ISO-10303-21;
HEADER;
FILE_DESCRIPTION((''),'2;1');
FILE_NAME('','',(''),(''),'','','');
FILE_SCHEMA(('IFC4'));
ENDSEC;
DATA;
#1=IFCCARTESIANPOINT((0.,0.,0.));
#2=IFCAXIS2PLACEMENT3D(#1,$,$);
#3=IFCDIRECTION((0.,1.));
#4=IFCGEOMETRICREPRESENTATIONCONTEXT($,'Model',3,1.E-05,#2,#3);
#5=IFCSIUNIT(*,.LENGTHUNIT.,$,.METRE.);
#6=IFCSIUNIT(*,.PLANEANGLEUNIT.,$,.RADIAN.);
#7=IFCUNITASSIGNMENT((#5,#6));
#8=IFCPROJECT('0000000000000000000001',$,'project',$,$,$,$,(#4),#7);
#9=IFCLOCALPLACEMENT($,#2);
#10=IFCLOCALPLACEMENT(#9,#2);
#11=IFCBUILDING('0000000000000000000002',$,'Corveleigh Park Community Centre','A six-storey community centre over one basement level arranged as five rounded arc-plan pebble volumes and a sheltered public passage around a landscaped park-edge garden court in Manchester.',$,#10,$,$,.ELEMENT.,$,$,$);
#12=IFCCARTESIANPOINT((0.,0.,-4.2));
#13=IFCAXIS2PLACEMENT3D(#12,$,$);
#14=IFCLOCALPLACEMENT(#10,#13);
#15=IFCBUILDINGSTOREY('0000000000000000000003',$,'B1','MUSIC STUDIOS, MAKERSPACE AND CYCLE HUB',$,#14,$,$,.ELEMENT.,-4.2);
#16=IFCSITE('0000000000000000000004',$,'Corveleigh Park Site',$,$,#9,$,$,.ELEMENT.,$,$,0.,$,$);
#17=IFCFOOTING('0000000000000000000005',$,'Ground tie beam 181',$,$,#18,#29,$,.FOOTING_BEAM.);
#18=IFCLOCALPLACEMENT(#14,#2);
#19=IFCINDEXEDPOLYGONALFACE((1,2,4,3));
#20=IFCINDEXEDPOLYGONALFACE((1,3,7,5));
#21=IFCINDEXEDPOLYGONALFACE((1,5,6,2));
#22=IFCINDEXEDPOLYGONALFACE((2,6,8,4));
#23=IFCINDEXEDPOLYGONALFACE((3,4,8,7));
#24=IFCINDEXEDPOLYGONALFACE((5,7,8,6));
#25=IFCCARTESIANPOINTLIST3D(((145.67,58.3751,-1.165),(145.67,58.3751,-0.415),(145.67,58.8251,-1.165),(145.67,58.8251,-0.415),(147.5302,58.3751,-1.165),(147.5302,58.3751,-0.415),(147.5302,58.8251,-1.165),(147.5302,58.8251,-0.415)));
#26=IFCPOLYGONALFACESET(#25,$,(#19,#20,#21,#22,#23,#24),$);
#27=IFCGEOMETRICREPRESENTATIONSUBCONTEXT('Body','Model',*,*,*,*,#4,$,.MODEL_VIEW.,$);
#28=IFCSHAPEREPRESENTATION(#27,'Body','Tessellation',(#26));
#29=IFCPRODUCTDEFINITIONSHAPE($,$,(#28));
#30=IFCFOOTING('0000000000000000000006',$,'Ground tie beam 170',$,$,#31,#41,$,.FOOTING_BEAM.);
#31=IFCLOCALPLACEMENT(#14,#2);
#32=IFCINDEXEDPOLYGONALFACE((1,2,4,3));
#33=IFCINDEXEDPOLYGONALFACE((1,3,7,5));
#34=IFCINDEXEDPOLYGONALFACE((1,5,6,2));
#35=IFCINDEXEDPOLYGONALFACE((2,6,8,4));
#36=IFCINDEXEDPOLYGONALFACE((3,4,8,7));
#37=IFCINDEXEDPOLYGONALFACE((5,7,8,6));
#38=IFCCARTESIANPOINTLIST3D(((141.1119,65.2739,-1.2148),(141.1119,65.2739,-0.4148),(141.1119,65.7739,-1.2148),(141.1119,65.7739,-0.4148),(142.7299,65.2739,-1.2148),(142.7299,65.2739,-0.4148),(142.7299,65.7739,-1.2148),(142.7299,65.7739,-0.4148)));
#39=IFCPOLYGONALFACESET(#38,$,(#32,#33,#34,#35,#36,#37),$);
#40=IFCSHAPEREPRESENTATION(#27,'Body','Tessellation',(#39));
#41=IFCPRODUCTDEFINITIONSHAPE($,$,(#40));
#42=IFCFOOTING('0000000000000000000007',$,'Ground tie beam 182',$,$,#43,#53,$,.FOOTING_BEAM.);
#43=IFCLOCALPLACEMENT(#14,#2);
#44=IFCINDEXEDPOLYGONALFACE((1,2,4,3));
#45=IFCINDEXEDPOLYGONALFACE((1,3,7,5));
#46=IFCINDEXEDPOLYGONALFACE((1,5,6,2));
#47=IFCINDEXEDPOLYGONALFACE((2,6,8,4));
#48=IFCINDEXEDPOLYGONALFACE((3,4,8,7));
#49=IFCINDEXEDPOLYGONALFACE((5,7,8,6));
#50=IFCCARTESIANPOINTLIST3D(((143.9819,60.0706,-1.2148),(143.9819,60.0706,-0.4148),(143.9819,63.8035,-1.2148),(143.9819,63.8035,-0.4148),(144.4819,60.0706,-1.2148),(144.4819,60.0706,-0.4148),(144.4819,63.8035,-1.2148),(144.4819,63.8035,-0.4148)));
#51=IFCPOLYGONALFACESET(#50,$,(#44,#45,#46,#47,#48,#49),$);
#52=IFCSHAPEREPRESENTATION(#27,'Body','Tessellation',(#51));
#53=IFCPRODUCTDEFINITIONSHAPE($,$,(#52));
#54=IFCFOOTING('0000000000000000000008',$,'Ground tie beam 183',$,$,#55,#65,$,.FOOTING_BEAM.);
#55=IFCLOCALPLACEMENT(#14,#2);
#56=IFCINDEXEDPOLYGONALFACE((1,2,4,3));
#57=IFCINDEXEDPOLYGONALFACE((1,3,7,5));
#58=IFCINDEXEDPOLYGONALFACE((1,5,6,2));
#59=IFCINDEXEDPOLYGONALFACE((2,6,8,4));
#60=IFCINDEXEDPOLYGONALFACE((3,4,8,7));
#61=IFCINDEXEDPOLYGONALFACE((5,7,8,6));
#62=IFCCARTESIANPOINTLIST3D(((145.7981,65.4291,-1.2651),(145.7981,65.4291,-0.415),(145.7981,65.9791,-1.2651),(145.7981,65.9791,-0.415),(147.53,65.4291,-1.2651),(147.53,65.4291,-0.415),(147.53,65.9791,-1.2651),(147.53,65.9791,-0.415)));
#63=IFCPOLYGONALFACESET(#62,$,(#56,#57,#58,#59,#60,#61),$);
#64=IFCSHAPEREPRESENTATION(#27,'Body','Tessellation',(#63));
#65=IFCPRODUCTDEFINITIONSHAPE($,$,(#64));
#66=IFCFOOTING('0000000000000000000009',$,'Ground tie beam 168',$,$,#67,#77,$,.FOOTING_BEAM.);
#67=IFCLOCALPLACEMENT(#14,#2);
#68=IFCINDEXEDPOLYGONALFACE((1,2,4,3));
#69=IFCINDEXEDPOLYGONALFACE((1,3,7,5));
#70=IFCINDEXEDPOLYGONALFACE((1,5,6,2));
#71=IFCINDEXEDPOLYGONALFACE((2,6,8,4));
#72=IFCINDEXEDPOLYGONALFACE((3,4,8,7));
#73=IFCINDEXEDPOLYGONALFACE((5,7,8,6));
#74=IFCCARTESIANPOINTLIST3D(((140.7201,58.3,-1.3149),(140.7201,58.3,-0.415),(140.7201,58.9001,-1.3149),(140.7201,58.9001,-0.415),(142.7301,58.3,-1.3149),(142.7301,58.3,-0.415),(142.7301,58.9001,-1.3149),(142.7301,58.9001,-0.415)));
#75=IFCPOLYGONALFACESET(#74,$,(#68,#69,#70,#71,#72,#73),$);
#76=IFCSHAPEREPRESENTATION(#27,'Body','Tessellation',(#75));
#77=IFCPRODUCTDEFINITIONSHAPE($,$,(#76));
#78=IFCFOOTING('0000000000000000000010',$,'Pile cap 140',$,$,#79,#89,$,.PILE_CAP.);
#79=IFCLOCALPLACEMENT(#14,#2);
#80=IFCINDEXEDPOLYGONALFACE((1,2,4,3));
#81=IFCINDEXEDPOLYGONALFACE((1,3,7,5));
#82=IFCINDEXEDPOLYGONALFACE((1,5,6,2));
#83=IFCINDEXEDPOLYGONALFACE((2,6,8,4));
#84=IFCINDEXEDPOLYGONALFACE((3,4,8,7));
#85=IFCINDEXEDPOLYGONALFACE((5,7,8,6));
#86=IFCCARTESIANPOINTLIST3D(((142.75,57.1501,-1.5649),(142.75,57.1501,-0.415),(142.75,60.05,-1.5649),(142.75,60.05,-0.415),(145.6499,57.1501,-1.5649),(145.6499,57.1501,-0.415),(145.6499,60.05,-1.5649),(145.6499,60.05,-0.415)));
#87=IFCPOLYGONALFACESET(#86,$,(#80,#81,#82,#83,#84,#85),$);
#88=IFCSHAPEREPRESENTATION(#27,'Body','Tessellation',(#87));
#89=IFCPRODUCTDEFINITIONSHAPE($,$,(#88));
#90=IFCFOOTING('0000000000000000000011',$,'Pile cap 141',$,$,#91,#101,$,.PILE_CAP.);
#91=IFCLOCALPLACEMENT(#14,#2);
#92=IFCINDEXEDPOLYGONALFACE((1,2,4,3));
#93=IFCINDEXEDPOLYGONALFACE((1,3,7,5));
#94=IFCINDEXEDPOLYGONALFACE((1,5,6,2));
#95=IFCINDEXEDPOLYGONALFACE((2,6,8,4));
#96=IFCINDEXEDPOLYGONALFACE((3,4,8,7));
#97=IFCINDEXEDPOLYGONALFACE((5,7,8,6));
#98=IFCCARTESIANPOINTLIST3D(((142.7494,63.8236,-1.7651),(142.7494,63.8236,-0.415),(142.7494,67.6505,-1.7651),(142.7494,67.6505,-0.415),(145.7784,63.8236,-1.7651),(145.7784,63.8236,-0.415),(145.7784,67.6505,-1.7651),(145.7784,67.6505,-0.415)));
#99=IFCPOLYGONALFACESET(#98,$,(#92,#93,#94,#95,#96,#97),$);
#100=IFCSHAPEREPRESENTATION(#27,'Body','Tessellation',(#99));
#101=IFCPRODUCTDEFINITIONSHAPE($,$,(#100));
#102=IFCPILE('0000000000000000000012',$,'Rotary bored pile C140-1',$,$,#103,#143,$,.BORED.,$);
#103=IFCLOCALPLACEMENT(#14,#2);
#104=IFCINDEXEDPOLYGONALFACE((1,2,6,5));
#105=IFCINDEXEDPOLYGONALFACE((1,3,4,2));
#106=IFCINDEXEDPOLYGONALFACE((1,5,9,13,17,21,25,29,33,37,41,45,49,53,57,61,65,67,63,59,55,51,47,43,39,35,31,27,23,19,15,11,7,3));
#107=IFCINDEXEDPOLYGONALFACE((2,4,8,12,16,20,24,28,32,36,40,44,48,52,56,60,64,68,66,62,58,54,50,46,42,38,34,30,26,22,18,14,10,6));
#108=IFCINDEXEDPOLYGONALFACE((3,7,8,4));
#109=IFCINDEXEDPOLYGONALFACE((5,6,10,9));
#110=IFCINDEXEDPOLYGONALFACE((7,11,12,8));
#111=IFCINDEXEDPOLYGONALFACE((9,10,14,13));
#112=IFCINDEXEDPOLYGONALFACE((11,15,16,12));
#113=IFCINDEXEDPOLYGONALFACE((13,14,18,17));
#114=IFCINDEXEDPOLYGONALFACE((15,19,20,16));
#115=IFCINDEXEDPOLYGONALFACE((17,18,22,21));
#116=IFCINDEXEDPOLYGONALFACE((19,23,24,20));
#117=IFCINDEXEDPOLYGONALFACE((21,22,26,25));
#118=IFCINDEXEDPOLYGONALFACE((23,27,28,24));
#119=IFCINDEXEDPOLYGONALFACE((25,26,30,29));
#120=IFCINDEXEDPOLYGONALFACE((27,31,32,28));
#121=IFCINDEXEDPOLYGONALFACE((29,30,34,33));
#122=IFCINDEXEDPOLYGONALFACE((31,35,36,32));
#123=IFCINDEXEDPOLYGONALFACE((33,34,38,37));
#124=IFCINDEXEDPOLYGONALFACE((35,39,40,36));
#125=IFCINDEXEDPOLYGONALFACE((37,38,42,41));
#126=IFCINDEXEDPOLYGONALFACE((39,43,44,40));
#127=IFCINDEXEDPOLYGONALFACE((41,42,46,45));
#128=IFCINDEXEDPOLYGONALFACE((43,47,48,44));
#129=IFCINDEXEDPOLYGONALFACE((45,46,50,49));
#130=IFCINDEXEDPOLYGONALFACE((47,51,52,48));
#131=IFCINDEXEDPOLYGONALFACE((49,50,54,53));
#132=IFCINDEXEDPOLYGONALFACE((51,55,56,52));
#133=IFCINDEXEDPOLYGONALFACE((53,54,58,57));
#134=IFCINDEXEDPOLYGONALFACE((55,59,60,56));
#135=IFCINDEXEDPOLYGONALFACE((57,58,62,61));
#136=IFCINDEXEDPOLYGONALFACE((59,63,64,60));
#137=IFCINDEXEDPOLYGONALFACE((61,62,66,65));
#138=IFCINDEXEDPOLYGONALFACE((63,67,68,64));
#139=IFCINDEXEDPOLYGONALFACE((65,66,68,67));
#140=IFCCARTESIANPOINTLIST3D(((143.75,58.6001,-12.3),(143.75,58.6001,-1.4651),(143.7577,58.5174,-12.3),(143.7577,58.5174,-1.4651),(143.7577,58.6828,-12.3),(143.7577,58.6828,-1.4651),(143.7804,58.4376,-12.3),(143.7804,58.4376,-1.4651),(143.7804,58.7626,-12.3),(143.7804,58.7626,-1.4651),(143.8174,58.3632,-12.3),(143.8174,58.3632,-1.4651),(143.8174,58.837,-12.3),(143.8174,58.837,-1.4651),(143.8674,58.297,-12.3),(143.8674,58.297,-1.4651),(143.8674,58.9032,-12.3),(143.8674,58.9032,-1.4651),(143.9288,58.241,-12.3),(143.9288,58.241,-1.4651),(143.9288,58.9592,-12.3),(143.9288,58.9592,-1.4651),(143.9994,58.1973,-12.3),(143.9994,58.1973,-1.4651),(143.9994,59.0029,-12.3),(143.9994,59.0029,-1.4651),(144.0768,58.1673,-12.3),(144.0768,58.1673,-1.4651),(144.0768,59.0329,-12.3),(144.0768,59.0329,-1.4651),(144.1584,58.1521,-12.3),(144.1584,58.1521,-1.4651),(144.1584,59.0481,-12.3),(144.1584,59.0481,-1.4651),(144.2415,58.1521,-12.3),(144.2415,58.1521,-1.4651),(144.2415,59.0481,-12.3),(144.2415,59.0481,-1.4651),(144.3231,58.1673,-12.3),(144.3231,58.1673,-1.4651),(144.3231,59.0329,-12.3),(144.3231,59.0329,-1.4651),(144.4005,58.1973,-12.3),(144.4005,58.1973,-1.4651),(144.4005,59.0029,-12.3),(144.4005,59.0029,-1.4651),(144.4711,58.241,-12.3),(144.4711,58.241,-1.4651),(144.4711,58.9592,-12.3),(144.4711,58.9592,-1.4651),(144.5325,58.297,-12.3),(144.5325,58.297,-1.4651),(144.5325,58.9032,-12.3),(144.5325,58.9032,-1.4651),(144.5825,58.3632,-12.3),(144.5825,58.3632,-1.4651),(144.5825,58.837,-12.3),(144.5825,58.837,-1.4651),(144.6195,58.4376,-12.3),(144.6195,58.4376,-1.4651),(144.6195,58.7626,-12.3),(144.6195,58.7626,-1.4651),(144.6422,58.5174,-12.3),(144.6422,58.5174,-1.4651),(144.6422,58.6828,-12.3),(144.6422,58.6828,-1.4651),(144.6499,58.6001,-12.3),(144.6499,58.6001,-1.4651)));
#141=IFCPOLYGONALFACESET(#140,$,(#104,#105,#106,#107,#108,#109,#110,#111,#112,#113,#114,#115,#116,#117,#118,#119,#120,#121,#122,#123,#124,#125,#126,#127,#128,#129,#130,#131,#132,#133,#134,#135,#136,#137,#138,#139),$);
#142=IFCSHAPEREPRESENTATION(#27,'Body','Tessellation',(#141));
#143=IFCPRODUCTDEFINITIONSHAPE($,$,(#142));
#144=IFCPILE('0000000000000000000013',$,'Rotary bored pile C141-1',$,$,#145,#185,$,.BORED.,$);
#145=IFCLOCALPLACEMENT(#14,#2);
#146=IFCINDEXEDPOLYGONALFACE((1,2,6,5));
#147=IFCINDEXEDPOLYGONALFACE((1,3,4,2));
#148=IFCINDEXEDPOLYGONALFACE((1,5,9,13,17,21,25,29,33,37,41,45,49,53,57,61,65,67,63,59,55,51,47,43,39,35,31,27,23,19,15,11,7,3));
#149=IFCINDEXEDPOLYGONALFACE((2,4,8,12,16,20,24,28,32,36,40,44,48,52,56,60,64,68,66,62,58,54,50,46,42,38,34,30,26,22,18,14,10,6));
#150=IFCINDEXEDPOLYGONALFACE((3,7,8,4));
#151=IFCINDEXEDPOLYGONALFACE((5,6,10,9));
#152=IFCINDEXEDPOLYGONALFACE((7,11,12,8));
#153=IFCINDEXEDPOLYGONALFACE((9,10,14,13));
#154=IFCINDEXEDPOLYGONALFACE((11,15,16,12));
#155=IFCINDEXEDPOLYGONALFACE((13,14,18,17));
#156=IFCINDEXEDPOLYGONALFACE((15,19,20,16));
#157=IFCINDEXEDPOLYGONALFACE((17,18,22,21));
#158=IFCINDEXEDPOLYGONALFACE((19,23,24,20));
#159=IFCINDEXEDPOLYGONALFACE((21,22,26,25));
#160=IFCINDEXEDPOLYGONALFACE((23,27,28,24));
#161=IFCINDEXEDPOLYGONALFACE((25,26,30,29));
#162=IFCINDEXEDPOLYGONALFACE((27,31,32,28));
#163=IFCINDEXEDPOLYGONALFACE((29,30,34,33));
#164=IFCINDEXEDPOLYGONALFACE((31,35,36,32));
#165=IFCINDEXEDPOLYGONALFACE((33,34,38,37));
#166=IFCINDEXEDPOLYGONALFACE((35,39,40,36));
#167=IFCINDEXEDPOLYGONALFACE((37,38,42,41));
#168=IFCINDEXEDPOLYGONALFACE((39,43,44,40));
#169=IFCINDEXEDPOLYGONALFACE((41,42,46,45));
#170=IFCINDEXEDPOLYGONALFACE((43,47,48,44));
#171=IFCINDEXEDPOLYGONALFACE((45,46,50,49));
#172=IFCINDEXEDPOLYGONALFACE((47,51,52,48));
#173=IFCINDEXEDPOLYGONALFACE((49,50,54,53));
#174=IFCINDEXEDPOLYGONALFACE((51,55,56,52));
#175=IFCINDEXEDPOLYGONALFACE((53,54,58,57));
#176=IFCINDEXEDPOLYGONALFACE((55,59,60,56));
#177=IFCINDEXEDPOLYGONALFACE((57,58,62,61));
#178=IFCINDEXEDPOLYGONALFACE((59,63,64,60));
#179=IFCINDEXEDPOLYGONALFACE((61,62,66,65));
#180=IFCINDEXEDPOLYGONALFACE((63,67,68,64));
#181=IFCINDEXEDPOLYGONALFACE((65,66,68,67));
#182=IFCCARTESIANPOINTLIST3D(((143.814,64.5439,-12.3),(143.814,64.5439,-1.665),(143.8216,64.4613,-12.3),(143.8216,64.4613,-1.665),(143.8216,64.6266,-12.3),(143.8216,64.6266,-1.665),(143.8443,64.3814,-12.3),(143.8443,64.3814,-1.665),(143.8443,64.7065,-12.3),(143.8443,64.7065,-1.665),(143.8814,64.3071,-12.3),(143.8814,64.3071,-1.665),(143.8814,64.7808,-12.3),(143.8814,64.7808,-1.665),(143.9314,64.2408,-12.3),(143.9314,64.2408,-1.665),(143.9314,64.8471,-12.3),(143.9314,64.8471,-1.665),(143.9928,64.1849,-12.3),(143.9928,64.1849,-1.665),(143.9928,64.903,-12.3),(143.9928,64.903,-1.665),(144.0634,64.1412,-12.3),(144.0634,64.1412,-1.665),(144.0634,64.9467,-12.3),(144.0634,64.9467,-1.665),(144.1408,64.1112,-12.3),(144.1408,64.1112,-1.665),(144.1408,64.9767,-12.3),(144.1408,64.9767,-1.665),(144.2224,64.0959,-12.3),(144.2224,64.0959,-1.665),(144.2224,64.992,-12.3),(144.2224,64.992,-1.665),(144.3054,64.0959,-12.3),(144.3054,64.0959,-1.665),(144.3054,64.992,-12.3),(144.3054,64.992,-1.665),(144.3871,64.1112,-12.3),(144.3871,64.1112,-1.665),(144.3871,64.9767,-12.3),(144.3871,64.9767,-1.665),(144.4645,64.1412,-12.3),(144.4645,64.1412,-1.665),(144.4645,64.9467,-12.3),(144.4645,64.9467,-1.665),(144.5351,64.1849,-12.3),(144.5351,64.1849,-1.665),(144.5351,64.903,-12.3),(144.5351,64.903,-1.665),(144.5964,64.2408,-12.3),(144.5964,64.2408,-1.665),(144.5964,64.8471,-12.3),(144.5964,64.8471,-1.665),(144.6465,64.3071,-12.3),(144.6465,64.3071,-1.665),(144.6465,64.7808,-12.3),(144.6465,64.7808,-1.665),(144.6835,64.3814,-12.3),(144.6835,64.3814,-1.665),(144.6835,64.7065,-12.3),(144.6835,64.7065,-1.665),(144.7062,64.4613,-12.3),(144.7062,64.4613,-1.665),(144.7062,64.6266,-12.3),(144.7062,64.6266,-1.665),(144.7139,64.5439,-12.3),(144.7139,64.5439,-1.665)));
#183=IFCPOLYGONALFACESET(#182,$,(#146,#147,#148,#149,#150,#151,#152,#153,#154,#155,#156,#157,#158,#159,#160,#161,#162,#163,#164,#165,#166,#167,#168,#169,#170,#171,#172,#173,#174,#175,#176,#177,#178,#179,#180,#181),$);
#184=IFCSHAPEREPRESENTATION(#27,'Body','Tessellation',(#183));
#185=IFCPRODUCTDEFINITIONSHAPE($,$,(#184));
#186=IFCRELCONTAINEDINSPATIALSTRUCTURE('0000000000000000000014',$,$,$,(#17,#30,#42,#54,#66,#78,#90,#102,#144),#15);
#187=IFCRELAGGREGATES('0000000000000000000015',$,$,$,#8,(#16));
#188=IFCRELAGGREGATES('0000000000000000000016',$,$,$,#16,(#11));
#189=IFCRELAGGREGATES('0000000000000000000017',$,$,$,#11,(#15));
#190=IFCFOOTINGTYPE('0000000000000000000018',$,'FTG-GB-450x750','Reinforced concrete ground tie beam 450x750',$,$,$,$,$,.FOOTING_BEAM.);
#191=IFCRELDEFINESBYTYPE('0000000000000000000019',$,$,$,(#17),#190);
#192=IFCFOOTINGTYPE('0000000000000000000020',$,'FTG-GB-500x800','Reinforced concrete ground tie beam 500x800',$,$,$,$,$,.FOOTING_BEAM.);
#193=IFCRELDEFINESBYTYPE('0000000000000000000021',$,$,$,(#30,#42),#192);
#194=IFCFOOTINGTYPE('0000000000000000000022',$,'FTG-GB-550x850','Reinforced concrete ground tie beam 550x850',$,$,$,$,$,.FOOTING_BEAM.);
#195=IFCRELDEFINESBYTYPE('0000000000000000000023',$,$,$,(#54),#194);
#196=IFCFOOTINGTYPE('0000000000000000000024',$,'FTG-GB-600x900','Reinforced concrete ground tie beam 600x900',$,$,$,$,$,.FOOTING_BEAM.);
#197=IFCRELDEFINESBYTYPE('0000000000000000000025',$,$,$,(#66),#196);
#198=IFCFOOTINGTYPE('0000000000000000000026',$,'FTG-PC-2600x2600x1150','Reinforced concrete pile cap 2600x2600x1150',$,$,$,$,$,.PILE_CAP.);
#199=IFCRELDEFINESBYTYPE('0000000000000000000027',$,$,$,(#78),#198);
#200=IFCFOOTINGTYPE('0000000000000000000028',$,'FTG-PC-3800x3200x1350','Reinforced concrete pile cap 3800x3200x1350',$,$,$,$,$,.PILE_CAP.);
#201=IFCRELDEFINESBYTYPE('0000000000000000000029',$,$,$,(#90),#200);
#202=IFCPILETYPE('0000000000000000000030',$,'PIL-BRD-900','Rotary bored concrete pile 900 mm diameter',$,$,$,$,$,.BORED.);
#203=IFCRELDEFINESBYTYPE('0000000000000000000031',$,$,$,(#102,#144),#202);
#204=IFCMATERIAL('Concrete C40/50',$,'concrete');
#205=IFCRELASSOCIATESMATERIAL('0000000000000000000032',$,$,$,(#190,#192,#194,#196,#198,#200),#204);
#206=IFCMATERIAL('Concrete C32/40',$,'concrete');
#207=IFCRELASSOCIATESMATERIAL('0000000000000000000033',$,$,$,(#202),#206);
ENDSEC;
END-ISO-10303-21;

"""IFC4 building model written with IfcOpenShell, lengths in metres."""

from ifc_helpers import new_model, si_unit, direction, frame, origin, origin_2d, place, context, subcontext, project, spatial, rectangle, circle, extrude, material, material_profile, profile_set, type_object, element, save


model = new_model("IFC4")

# Units and contexts
model_context = context("Model", 3, precision=1e-05, world=origin(), true_north=direction((0.0, 1.0)))
body_context = subcontext(model_context, "Body", "Model", "MODEL_VIEW")
ifc_project = project(units=[si_unit("LENGTHUNIT", "METRE"), si_unit("PLANEANGLEUNIT", "RADIAN")], contexts=[model_context])

# Site, building, storey
site_placement = place(None, origin())
site = spatial("IfcSite", under=ifc_project, at=site_placement, Name="Corveleigh Park Site", CompositionType="ELEMENT", RefElevation=0.0)
building_placement = place(site_placement, origin())
building = spatial("IfcBuilding", under=site, at=building_placement, Name="Corveleigh Park Community Centre", Description="A six-storey community centre over one basement level arranged as five rounded arc-plan pebble volumes and a sheltered public passage around a landscaped park-edge garden court in Manchester.", CompositionType="ELEMENT")
storey_placement = place(building_placement, frame((0.0, 0.0, -4.2)))
storey = spatial("IfcBuildingStorey", under=building, at=storey_placement, Name="B1", Description="MUSIC STUDIOS, MAKERSPACE AND CYCLE HUB", CompositionType="ELEMENT", Elevation=-4.2)

# Footings
ifc_material_1 = material(Name="Concrete C40/50", Category="concrete")
footing_type_1 = type_object("IfcFootingType", Name="FTG-GB-450x750", Description="Reinforced concrete ground tie beam 450x750", PredefinedType="FOOTING_BEAM", material=ifc_material_1)
footing_1_placement = place(storey_placement, frame((146.6001, 58.6001, -1.165), z_axis=(0.0, 0.0, 1.0), x_axis=(1.0, 0.0, 0.0)))
element("IfcFooting", 1, at=footing_1_placement, inside=storey, type_object=footing_type_1, Name="Ground tie beam 181", PredefinedType="FOOTING_BEAM", context=body_context, shape_type="SweptSolid", body=[
    extrude(rectangle(XDim=1.8601, YDim=0.45, at=origin_2d()), origin(), (0.0, 0.0, 1.0), 0.75),
])
footing_type_2 = type_object("IfcFootingType", Name="FTG-GB-500x800", Description="Reinforced concrete ground tie beam 500x800", PredefinedType="FOOTING_BEAM", material=ifc_material_1)
footing_2_placement = place(storey_placement, frame((141.9209, 65.5239, -1.2148), z_axis=(0.0, 0.0, 1.0), x_axis=(1.0, 0.0, 0.0)))
element("IfcFooting", 2, at=footing_2_placement, inside=storey, type_object=footing_type_2, Name="Ground tie beam 170", PredefinedType="FOOTING_BEAM", context=body_context, shape_type="SweptSolid", body=[
    extrude(rectangle(XDim=1.6179, YDim=0.5, at=origin_2d()), origin(), (0.0, 0.0, 1.0), 0.8),
])
footing_3_placement = place(storey_placement, frame((144.2319, 61.937, -1.2148), z_axis=(0.0, 0.0, 1.0), x_axis=(1.0, 0.0, 0.0)))
element("IfcFooting", 3, at=footing_3_placement, inside=storey, type_object=footing_type_2, Name="Ground tie beam 182", PredefinedType="FOOTING_BEAM", context=body_context, shape_type="SweptSolid", body=[
    extrude(rectangle(XDim=0.5, YDim=3.7329, at=origin_2d()), origin(), (0.0, 0.0, 1.0), 0.8),
])
footing_type_3 = type_object("IfcFootingType", Name="FTG-GB-550x850", Description="Reinforced concrete ground tie beam 550x850", PredefinedType="FOOTING_BEAM", material=ifc_material_1)
footing_4_placement = place(storey_placement, frame((146.6641, 65.7041, -1.2651), z_axis=(0.0, 0.0, 1.0), x_axis=(1.0, 0.0, 0.0)))
element("IfcFooting", 4, at=footing_4_placement, inside=storey, type_object=footing_type_3, Name="Ground tie beam 183", PredefinedType="FOOTING_BEAM", context=body_context, shape_type="SweptSolid", body=[
    extrude(rectangle(XDim=1.7319, YDim=0.55, at=origin_2d()), origin(), (0.0, 0.0, 1.0), 0.8501),
])
footing_type_4 = type_object("IfcFootingType", Name="FTG-GB-600x900", Description="Reinforced concrete ground tie beam 600x900", PredefinedType="FOOTING_BEAM", material=ifc_material_1)
footing_5_placement = place(storey_placement, frame((141.7251, 58.6001, -1.3149), z_axis=(0.0, 0.0, 1.0), x_axis=(1.0, 0.0, 0.0)))
element("IfcFooting", 5, at=footing_5_placement, inside=storey, type_object=footing_type_4, Name="Ground tie beam 168", PredefinedType="FOOTING_BEAM", context=body_context, shape_type="SweptSolid", body=[
    extrude(rectangle(XDim=2.01, YDim=0.6001, at=origin_2d()), origin(), (0.0, 0.0, 1.0), 0.8999),
])
footing_type_5 = type_object("IfcFootingType", Name="FTG-PC-2600x2600x1150", Description="Reinforced concrete pile cap 2600x2600x1150", PredefinedType="PILE_CAP", material=ifc_material_1)
footing_6_placement = place(storey_placement, frame((144.2, 58.6001, -1.5649), z_axis=(0.0, 0.0, 1.0), x_axis=(1.0, 0.0, 0.0)))
element("IfcFooting", 6, at=footing_6_placement, inside=storey, type_object=footing_type_5, Name="Pile cap 140", PredefinedType="PILE_CAP", context=body_context, shape_type="SweptSolid", body=[
    extrude(rectangle(XDim=2.8999, YDim=2.8999, at=origin_2d()), origin(), (0.0, 0.0, 1.0), 1.1499),
])
footing_type_6 = type_object("IfcFootingType", Name="FTG-PC-3800x3200x1350", Description="Reinforced concrete pile cap 3800x3200x1350", PredefinedType="PILE_CAP", material=ifc_material_1)
footing_7_placement = place(storey_placement, frame((144.2639, 65.7371, -1.7651), z_axis=(0.0, 0.0, 1.0), x_axis=(1.0, 0.0, 0.0)))
element("IfcFooting", 7, at=footing_7_placement, inside=storey, type_object=footing_type_6, Name="Pile cap 141", PredefinedType="PILE_CAP", context=body_context, shape_type="SweptSolid", body=[
    extrude(rectangle(XDim=3.0291, YDim=3.8269, at=origin_2d()), origin(), (0.0, 0.0, 1.0), 1.3501),
])

# Piles
ifc_material_2 = material(Name="Concrete C32/40", Category="concrete")
ifc_material_profile_1 = material_profile(ifc_material_2, circle(Radius=0.45, at=origin_2d()), Name="BORED-PILE-900", Category="concrete")
ifc_profile_set_1 = profile_set([ifc_material_profile_1], Name="Concrete C32/40")
pile_type = type_object("IfcPileType", Name="PIL-BRD-900", Description="Rotary bored concrete pile 900 mm diameter", PredefinedType="BORED", material=ifc_profile_set_1)
pile_placement = place(storey_placement, frame((144.2, 58.6001, -1.4651), z_axis=(0.0, 0.0, -1.0), x_axis=(1.0, 0.0, 0.0)))
element("IfcPile", 8, at=pile_placement, inside=storey, type_object=pile_type, Name="Rotary bored pile C140-1", PredefinedType="BORED", context=body_context, shape_type="SweptSolid", body=[
    extrude(circle(Radius=0.45, at=origin_2d()), origin(), (0.0, 0.0, 1.0), 10.835),
])
for number, where, z_axis, x_axis, name in (
    (9, (144.2639, 64.5439, -1.665), (0.0, 0.0, -1.0), (1.0, 0.0, 0.0), "Rotary bored pile C141-1"),
):
    element("IfcPile", number, at=place(storey_placement, frame(where, z_axis=z_axis, x_axis=x_axis)), inside=storey, type_object=pile_type, Name=name, PredefinedType="BORED", context=body_context, shape_type="SweptSolid", body=[
        extrude(circle(Radius=0.45, at=origin_2d()), origin(), (0.0, 0.0, 1.0), 10.635),
    ])

save(model, "model.ifc")
